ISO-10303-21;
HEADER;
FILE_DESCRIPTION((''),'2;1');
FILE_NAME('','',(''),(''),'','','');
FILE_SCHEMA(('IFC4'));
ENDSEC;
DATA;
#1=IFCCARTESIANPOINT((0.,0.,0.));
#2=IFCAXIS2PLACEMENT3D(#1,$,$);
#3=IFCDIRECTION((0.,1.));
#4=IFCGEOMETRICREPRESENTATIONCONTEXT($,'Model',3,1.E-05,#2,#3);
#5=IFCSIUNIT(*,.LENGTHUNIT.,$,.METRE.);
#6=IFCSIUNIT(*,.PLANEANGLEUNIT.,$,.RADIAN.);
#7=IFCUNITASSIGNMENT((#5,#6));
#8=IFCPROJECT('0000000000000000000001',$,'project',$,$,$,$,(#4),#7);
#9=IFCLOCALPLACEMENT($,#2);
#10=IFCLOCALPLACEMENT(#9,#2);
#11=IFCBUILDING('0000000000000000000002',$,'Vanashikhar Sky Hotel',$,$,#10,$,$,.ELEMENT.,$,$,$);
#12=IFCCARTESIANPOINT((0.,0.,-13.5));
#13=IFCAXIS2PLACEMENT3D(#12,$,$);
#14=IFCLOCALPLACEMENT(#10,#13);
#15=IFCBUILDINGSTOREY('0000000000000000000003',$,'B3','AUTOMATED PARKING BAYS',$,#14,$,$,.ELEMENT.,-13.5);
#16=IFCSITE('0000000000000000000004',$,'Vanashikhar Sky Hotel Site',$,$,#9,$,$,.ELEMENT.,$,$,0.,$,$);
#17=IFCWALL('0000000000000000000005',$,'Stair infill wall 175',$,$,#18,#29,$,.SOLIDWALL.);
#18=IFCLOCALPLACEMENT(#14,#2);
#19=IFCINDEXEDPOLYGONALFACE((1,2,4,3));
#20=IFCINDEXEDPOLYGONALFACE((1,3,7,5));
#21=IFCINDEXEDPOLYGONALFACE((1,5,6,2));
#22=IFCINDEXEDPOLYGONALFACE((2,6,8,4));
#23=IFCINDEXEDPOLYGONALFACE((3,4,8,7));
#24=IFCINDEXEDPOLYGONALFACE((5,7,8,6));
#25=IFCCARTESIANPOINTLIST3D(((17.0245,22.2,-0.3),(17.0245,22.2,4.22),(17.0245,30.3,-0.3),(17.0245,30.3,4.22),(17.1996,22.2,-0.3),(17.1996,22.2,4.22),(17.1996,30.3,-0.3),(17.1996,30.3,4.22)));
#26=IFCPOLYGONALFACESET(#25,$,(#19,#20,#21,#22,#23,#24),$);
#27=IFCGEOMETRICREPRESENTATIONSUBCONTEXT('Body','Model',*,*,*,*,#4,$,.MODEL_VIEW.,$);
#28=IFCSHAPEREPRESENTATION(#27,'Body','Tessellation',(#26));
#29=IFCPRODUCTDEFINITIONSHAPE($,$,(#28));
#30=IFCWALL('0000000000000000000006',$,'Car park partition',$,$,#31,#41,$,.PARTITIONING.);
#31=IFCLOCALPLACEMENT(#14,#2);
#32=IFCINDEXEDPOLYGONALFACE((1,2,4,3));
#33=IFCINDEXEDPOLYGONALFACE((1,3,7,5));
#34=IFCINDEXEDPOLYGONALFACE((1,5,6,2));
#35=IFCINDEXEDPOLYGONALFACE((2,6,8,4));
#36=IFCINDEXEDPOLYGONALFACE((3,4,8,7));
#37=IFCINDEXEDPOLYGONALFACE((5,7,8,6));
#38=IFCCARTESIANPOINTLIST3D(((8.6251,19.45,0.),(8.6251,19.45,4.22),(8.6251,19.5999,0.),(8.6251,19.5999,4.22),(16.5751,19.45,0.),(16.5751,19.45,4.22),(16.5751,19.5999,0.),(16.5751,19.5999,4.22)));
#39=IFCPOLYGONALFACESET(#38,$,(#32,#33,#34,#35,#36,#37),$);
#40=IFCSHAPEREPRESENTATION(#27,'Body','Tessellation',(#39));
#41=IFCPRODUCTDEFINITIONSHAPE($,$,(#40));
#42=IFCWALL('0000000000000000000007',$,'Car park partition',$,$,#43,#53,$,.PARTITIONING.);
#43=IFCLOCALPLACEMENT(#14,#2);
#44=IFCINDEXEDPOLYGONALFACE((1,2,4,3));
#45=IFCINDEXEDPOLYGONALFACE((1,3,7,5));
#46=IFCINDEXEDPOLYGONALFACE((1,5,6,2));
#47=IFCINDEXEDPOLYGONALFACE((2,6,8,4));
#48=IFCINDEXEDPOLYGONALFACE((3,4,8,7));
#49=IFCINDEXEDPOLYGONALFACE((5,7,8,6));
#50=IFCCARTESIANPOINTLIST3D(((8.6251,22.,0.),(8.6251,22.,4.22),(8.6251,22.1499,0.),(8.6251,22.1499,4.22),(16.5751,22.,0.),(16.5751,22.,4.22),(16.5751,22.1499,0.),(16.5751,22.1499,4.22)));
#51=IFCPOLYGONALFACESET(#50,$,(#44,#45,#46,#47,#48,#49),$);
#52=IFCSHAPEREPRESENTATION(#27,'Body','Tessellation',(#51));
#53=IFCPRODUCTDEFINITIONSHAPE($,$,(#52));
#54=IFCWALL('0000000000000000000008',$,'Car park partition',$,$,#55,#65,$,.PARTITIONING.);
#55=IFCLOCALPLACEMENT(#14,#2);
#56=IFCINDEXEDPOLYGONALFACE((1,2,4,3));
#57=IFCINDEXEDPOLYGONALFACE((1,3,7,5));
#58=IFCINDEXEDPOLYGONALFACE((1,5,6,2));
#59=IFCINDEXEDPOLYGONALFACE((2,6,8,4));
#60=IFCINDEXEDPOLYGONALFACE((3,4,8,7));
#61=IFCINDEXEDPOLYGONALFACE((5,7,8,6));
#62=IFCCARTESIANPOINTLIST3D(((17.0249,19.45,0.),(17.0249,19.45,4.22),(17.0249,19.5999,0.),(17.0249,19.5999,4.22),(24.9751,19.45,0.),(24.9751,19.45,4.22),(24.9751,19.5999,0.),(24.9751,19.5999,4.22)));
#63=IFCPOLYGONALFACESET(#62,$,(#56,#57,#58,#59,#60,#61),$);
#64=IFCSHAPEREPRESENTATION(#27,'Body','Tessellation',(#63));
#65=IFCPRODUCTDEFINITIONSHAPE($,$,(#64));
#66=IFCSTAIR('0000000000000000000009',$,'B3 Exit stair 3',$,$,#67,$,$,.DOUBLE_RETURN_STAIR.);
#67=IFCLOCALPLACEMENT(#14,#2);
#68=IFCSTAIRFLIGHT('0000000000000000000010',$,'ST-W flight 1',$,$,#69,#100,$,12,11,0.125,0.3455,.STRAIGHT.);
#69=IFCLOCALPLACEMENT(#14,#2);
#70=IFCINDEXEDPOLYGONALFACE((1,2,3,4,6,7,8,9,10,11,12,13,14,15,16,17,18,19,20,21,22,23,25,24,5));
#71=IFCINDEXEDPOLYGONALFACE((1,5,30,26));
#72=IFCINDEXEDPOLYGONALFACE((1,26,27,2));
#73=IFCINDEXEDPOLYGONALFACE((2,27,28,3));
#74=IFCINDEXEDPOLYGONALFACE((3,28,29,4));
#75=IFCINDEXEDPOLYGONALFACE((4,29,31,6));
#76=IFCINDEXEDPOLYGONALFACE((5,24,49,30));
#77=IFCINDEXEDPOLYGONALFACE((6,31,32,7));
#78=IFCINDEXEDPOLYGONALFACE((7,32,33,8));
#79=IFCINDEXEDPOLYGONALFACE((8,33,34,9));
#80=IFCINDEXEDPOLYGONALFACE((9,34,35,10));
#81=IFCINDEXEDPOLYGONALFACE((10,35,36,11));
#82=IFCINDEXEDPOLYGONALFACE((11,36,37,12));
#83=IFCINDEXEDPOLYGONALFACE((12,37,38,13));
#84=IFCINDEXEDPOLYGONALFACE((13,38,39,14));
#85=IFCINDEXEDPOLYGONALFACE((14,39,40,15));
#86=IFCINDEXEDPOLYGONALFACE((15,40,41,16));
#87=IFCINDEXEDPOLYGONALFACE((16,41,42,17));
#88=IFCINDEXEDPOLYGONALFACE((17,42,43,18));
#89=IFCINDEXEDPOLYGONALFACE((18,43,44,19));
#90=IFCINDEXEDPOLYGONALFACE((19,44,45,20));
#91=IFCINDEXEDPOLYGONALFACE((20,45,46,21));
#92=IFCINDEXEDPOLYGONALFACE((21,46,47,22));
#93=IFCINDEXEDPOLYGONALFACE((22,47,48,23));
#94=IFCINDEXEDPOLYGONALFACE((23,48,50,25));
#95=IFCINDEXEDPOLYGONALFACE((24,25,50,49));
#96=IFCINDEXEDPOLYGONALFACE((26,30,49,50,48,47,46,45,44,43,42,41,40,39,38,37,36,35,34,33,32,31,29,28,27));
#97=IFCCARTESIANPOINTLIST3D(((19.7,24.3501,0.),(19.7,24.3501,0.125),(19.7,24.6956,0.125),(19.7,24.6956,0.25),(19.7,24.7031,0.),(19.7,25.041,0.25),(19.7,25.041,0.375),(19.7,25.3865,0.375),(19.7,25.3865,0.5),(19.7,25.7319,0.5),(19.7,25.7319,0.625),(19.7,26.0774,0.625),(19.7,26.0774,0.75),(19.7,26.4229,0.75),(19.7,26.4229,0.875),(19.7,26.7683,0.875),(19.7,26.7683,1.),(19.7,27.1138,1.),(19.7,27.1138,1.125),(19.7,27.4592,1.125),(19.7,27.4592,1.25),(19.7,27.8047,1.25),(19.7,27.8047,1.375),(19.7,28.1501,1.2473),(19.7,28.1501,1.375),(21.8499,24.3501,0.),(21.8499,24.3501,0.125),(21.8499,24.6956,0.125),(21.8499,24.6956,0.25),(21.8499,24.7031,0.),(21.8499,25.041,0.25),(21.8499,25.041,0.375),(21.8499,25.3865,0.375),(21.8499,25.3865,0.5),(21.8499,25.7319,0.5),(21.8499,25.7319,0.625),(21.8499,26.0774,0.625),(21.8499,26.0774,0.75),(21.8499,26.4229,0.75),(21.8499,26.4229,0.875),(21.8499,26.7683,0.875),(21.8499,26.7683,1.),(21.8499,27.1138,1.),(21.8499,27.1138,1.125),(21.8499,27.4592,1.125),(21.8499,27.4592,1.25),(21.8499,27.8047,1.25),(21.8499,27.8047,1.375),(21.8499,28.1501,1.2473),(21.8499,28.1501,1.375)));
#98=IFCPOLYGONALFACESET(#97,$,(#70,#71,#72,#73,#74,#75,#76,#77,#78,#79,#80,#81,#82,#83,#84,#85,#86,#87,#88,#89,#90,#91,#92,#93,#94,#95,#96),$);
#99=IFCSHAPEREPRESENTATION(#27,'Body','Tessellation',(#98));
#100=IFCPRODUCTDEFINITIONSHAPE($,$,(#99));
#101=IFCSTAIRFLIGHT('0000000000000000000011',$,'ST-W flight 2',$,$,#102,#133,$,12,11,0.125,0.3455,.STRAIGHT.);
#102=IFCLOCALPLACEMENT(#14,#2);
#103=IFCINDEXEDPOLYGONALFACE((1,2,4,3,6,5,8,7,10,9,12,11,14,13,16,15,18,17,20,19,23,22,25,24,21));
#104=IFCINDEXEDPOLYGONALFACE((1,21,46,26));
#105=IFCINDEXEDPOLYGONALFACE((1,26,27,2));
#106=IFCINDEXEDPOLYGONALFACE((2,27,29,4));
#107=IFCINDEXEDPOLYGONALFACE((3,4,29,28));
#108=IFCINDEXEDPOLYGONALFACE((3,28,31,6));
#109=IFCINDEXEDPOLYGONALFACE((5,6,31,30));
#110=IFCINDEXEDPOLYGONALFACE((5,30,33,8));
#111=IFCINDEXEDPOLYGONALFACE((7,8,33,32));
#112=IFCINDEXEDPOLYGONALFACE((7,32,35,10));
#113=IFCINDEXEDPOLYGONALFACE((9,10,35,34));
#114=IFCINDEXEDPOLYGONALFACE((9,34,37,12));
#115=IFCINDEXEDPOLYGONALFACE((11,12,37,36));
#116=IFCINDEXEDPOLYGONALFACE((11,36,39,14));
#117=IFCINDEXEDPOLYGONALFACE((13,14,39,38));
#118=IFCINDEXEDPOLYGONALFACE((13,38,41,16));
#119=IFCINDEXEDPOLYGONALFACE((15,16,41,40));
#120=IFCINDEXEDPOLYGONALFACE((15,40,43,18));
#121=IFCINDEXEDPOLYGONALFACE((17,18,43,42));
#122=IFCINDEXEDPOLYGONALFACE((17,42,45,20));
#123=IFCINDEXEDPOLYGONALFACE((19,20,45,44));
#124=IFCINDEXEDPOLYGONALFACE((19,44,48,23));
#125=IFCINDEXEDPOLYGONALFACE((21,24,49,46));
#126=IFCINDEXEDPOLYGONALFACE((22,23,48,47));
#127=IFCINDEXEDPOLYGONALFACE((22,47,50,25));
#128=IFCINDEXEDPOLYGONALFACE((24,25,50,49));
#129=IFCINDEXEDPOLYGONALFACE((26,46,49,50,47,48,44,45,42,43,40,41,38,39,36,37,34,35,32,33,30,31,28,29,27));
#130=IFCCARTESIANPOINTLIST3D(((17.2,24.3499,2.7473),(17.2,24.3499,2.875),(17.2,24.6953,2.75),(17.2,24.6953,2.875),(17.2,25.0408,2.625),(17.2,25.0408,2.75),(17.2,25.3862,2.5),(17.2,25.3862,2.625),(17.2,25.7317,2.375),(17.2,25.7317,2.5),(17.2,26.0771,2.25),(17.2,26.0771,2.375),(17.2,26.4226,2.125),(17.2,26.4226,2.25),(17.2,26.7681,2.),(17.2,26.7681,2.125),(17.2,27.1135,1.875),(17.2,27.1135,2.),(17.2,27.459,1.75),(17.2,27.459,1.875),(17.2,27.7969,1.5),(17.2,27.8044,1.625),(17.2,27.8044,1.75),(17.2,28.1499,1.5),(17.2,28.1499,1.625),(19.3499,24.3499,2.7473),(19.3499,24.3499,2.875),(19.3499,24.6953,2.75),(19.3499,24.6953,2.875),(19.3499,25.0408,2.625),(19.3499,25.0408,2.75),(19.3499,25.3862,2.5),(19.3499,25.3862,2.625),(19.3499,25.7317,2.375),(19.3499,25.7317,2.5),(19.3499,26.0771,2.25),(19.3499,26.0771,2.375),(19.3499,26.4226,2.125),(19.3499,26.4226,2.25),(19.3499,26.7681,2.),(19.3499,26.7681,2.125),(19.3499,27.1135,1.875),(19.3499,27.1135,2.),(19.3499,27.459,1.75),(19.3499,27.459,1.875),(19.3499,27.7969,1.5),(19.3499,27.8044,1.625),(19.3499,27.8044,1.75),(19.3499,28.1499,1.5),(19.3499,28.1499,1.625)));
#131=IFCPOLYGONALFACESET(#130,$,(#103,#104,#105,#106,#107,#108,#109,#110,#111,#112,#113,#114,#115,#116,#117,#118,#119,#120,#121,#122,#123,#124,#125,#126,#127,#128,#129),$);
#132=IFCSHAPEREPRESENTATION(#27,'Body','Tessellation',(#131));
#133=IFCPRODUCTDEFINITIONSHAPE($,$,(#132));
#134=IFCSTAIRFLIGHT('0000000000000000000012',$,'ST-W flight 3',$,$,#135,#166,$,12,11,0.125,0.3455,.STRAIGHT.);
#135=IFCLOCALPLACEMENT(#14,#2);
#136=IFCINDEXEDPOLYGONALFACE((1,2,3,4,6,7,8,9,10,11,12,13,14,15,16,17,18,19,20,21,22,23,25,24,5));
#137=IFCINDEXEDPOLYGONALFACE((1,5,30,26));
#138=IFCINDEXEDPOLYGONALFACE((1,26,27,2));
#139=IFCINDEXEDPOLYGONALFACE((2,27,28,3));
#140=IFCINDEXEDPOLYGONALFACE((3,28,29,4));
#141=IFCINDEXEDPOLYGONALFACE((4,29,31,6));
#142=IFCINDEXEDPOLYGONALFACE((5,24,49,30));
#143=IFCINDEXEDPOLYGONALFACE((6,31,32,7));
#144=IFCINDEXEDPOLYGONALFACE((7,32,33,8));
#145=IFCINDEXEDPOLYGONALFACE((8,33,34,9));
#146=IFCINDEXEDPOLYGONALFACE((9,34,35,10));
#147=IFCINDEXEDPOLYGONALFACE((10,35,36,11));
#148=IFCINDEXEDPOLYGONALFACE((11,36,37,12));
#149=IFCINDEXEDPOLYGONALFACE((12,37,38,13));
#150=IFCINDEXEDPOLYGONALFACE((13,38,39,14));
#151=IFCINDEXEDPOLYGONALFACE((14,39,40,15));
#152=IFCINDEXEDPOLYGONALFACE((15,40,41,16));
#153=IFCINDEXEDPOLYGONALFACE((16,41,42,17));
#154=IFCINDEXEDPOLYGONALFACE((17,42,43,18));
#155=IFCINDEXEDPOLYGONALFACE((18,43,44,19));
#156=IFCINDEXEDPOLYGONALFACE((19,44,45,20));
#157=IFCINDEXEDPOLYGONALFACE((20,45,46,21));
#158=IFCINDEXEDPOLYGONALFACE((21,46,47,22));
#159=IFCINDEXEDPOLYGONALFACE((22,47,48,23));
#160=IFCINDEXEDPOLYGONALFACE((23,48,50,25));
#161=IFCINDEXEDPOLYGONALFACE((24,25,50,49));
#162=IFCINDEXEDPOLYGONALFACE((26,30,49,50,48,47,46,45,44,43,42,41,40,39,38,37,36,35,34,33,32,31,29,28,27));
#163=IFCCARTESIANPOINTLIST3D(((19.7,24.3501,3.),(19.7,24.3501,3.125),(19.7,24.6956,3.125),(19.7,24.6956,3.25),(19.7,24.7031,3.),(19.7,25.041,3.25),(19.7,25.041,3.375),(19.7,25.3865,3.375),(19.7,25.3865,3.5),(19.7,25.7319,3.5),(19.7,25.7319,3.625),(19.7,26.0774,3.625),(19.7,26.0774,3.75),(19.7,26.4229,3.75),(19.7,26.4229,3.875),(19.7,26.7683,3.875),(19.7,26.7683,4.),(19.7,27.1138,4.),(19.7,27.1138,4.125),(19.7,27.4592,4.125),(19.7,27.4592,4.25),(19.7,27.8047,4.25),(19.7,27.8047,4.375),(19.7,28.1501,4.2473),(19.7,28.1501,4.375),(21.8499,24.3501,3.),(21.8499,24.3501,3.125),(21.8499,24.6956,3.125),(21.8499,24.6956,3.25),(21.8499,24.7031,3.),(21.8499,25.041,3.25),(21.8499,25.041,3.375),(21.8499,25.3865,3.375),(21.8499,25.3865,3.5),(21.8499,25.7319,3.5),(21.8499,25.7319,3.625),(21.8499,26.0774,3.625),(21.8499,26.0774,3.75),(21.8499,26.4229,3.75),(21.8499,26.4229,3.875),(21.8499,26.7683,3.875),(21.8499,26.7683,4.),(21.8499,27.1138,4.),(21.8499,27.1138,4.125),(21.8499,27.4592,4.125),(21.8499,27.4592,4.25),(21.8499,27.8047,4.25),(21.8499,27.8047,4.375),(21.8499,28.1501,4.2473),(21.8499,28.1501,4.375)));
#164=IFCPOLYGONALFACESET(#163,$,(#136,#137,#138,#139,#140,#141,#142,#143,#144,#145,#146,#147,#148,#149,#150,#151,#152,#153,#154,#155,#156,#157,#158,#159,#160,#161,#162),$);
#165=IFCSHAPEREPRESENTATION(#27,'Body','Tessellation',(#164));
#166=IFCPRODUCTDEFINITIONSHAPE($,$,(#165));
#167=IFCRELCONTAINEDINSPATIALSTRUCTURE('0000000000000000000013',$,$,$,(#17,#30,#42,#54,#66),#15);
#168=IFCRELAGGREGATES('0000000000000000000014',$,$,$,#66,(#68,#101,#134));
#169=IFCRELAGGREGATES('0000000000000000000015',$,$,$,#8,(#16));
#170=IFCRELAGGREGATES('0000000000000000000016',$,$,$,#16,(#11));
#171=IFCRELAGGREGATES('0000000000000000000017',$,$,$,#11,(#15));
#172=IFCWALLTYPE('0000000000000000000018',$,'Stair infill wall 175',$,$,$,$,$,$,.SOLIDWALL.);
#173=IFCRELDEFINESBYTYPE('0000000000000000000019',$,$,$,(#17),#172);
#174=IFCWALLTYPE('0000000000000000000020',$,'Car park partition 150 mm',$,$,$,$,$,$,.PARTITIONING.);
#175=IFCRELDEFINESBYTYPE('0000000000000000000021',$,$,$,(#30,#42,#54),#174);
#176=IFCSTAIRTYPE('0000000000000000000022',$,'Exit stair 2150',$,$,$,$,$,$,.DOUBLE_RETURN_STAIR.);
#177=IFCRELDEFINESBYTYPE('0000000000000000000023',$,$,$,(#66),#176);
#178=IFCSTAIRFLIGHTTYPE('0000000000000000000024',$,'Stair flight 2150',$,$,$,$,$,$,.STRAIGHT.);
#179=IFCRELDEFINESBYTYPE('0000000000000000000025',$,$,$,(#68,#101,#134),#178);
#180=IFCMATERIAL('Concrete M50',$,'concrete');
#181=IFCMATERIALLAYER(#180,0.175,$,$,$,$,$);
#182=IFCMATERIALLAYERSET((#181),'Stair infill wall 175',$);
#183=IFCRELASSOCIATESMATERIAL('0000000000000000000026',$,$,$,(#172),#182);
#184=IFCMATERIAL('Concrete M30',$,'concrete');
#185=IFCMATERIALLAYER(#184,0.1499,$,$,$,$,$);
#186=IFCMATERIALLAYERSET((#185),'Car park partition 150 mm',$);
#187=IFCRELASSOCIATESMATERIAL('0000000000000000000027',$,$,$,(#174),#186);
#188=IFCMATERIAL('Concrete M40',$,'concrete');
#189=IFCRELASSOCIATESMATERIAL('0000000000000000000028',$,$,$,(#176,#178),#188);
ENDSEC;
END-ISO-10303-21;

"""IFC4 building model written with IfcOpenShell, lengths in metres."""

from ifc_helpers import new_model, si_unit, direction, frame, frame_2d, origin, place, context, subcontext, project, spatial, polyline, rectangle, outline, extrude, source, transform, mapped, material, layer, layer_set, type_object, element, aggregate, save


model = new_model("IFC4")

# Units and contexts
model_context = context("Model", 3, precision=1e-05, world=origin(), true_north=direction((0.0, 1.0)))
body_context = subcontext(model_context, "Body", "Model", "MODEL_VIEW")
ifc_project = project(units=[si_unit("LENGTHUNIT", "METRE"), si_unit("PLANEANGLEUNIT", "RADIAN")], contexts=[model_context])

# Site, building, storey
site_placement = place(None, origin())
site = spatial("IfcSite", under=ifc_project, at=site_placement, Name="Vanashikhar Sky Hotel Site", CompositionType="ELEMENT", RefElevation=0.0)
building_placement = place(site_placement, origin())
building = spatial("IfcBuilding", under=site, at=building_placement, Name="Vanashikhar Sky Hotel", CompositionType="ELEMENT")
storey_placement = place(building_placement, frame((0.0, 0.0, -13.5)))
storey = spatial("IfcBuildingStorey", under=building, at=storey_placement, Name="B3", Description="AUTOMATED PARKING BAYS", CompositionType="ELEMENT", Elevation=-13.5)

# Shared definitions
ifc_material_1 = material(Name="Concrete M40", Category="concrete")

# Shared definitions
ifc_material_2 = material(Name="Concrete M50", Category="concrete")

# Walls
ifc_layer_1 = layer(ifc_material_2, 0.175)
ifc_layer_set_1 = layer_set([ifc_layer_1], Name="Stair infill wall 175")
wall_type_1 = type_object("IfcWallType", Name="Stair infill wall 175", PredefinedType="SOLIDWALL", material=ifc_layer_set_1)
shared_shape_1 = source(origin(), body_context, "Body", "SweptSolid", [
    extrude(rectangle(XDim=8.1001, YDim=0.175, at=frame_2d((4.05, 0.0))), origin(), (0.0, 0.0, 1.0), 4.52),
])
wall_1_placement = place(storey_placement, frame((17.1121, 22.2, -0.3), z_axis=(0.0, 0.0, 1.0), x_axis=(0.0, 1.0, 0.0)))
element("IfcWall", 1, at=wall_1_placement, inside=storey, type_object=wall_type_1, Name="Stair infill wall 175", PredefinedType="SOLIDWALL", context=body_context, shape_type="MappedRepresentation", body=[
    mapped(shared_shape_1, transform((0.0, 0.0, 0.0), scale=1.0)),
])
ifc_material_3 = material(Name="Concrete M30", Category="concrete")
ifc_layer_2 = layer(ifc_material_3, 0.1499)
ifc_layer_set_2 = layer_set([ifc_layer_2], Name="Car park partition 150 mm")
wall_type_2 = type_object("IfcWallType", Name="Car park partition 150 mm", PredefinedType="PARTITIONING", material=ifc_layer_set_2)
shared_shape_2 = source(origin(), body_context, "Body", "SweptSolid", [
    extrude(rectangle(XDim=7.95, YDim=0.1499, at=frame_2d((3.9751, 0.0))), origin(), (0.0, 0.0, 1.0), 4.22),
])
for number, where, z_axis, x_axis, name in (
    (2, (8.625, 19.5249, 0.0), (0.0, 0.0, 1.0), (1.0, 0.0, 0.0), "Car park partition"),
    (3, (8.625, 22.075, 0.0), (0.0, 0.0, 1.0), (1.0, 0.0, 0.0), "Car park partition"),
):
    element("IfcWall", number, at=place(storey_placement, frame(where, z_axis=z_axis, x_axis=x_axis)), inside=storey, type_object=wall_type_2, Name=name, PredefinedType="PARTITIONING", context=body_context, shape_type="MappedRepresentation", body=[
        mapped(shared_shape_2, transform((0.0, 0.0, 0.0), scale=1.0)),
    ])
shared_shape_3 = source(origin(), body_context, "Body", "SweptSolid", [
    extrude(rectangle(XDim=7.9502, YDim=0.1499, at=frame_2d((3.9751, 0.0))), origin(), (0.0, 0.0, 1.0), 4.22),
])
wall_2_placement = place(storey_placement, frame((17.0249, 19.5249, 0.0), z_axis=(0.0, 0.0, 1.0), x_axis=(1.0, 0.0, 0.0)))
element("IfcWall", 4, at=wall_2_placement, inside=storey, type_object=wall_type_2, Name="Car park partition", PredefinedType="PARTITIONING", context=body_context, shape_type="MappedRepresentation", body=[
    mapped(shared_shape_3, transform((0.0, 0.0, 0.0), scale=1.0)),
])

# Stair, stair flights
stair_type = type_object("IfcStairType", Name="Exit stair 2150", PredefinedType="DOUBLE_RETURN_STAIR", material=ifc_material_1)
stair_placement = place(storey_placement, origin())
stair = element("IfcStair", 5, at=stair_placement, inside=storey, type_object=stair_type, Name="B3 Exit stair 3", PredefinedType="DOUBLE_RETURN_STAIR")
stair_flight_type = type_object("IfcStairFlightType", Name="Stair flight 2150", PredefinedType="STRAIGHT", material=ifc_material_1)
shared_shape_4 = source(origin(), body_context, "Body", "SweptSolid", [
    extrude(outline(polyline([(0.0, 0.0), (0.0, 0.125), (0.3455, 0.125), (0.3455, 0.25), (0.6909, 0.25), (0.6909, 0.375), (1.0364, 0.375), (1.0364, 0.5), (1.3818, 0.5), (1.3818, 0.625), (1.7273, 0.625), (1.7273, 0.75), (2.0728, 0.75), (2.0728, 0.875), (2.4182, 0.875), (2.4182, 1.0), (2.7637, 1.0), (2.7637, 1.125), (3.1091, 1.125), (3.1091, 1.25), (3.4546, 1.25), (3.4546, 1.375), (3.8, 1.375), (3.8, 1.5), (3.8, 1.2473), (0.353, 0.0), (0.0, 0.0)])), frame((0.0, 1.075, 0.0), z_axis=(0.0, -1.0, 0.0), x_axis=(1.0, 0.0, 0.0)), (0.0, 0.0, 1.0), 2.1499),
])
stair_flight_1_placement = place(storey_placement, frame((20.7749, 24.3501, 0.0), z_axis=(0.0, 0.0, 1.0), x_axis=(0.0, 1.0, 0.0)))
stair_flight_1 = element("IfcStairFlight", 6, at=stair_flight_1_placement, type_object=stair_flight_type, Name="ST-W flight 1", NumberOfRisers=12, NumberOfTreads=11, PredefinedType="STRAIGHT", RiserHeight=0.125, TreadLength=0.3455, context=body_context, shape_type="MappedRepresentation", body=[
    mapped(shared_shape_4, transform((0.0, 0.0, 0.0), scale=1.0)),
])
stair_flight_2_placement = place(storey_placement, frame((18.2749, 28.1499, 1.5), z_axis=(0.0, 0.0, 1.0), x_axis=(0.0, -1.0, 0.0)))
stair_flight_2 = element("IfcStairFlight", 7, at=stair_flight_2_placement, type_object=stair_flight_type, Name="ST-W flight 2", NumberOfRisers=12, NumberOfTreads=11, PredefinedType="STRAIGHT", RiserHeight=0.125, TreadLength=0.3455, context=body_context, shape_type="MappedRepresentation", body=[
    mapped(shared_shape_4, transform((0.0, 0.0, 0.0), scale=1.0)),
])
stair_flight_3_placement = place(storey_placement, frame((20.7749, 24.3501, 3.0), z_axis=(0.0, 0.0, 1.0), x_axis=(0.0, 1.0, 0.0)))
stair_flight_3 = element("IfcStairFlight", 8, at=stair_flight_3_placement, type_object=stair_flight_type, Name="ST-W flight 3", NumberOfRisers=12, NumberOfTreads=11, PredefinedType="STRAIGHT", RiserHeight=0.125, TreadLength=0.3455, context=body_context, shape_type="MappedRepresentation", body=[
    mapped(shared_shape_4, transform((0.0, 0.0, 0.0), scale=1.0)),
])
aggregate(stair, [stair_flight_1, stair_flight_2, stair_flight_3])

save(model, "model.ifc")
